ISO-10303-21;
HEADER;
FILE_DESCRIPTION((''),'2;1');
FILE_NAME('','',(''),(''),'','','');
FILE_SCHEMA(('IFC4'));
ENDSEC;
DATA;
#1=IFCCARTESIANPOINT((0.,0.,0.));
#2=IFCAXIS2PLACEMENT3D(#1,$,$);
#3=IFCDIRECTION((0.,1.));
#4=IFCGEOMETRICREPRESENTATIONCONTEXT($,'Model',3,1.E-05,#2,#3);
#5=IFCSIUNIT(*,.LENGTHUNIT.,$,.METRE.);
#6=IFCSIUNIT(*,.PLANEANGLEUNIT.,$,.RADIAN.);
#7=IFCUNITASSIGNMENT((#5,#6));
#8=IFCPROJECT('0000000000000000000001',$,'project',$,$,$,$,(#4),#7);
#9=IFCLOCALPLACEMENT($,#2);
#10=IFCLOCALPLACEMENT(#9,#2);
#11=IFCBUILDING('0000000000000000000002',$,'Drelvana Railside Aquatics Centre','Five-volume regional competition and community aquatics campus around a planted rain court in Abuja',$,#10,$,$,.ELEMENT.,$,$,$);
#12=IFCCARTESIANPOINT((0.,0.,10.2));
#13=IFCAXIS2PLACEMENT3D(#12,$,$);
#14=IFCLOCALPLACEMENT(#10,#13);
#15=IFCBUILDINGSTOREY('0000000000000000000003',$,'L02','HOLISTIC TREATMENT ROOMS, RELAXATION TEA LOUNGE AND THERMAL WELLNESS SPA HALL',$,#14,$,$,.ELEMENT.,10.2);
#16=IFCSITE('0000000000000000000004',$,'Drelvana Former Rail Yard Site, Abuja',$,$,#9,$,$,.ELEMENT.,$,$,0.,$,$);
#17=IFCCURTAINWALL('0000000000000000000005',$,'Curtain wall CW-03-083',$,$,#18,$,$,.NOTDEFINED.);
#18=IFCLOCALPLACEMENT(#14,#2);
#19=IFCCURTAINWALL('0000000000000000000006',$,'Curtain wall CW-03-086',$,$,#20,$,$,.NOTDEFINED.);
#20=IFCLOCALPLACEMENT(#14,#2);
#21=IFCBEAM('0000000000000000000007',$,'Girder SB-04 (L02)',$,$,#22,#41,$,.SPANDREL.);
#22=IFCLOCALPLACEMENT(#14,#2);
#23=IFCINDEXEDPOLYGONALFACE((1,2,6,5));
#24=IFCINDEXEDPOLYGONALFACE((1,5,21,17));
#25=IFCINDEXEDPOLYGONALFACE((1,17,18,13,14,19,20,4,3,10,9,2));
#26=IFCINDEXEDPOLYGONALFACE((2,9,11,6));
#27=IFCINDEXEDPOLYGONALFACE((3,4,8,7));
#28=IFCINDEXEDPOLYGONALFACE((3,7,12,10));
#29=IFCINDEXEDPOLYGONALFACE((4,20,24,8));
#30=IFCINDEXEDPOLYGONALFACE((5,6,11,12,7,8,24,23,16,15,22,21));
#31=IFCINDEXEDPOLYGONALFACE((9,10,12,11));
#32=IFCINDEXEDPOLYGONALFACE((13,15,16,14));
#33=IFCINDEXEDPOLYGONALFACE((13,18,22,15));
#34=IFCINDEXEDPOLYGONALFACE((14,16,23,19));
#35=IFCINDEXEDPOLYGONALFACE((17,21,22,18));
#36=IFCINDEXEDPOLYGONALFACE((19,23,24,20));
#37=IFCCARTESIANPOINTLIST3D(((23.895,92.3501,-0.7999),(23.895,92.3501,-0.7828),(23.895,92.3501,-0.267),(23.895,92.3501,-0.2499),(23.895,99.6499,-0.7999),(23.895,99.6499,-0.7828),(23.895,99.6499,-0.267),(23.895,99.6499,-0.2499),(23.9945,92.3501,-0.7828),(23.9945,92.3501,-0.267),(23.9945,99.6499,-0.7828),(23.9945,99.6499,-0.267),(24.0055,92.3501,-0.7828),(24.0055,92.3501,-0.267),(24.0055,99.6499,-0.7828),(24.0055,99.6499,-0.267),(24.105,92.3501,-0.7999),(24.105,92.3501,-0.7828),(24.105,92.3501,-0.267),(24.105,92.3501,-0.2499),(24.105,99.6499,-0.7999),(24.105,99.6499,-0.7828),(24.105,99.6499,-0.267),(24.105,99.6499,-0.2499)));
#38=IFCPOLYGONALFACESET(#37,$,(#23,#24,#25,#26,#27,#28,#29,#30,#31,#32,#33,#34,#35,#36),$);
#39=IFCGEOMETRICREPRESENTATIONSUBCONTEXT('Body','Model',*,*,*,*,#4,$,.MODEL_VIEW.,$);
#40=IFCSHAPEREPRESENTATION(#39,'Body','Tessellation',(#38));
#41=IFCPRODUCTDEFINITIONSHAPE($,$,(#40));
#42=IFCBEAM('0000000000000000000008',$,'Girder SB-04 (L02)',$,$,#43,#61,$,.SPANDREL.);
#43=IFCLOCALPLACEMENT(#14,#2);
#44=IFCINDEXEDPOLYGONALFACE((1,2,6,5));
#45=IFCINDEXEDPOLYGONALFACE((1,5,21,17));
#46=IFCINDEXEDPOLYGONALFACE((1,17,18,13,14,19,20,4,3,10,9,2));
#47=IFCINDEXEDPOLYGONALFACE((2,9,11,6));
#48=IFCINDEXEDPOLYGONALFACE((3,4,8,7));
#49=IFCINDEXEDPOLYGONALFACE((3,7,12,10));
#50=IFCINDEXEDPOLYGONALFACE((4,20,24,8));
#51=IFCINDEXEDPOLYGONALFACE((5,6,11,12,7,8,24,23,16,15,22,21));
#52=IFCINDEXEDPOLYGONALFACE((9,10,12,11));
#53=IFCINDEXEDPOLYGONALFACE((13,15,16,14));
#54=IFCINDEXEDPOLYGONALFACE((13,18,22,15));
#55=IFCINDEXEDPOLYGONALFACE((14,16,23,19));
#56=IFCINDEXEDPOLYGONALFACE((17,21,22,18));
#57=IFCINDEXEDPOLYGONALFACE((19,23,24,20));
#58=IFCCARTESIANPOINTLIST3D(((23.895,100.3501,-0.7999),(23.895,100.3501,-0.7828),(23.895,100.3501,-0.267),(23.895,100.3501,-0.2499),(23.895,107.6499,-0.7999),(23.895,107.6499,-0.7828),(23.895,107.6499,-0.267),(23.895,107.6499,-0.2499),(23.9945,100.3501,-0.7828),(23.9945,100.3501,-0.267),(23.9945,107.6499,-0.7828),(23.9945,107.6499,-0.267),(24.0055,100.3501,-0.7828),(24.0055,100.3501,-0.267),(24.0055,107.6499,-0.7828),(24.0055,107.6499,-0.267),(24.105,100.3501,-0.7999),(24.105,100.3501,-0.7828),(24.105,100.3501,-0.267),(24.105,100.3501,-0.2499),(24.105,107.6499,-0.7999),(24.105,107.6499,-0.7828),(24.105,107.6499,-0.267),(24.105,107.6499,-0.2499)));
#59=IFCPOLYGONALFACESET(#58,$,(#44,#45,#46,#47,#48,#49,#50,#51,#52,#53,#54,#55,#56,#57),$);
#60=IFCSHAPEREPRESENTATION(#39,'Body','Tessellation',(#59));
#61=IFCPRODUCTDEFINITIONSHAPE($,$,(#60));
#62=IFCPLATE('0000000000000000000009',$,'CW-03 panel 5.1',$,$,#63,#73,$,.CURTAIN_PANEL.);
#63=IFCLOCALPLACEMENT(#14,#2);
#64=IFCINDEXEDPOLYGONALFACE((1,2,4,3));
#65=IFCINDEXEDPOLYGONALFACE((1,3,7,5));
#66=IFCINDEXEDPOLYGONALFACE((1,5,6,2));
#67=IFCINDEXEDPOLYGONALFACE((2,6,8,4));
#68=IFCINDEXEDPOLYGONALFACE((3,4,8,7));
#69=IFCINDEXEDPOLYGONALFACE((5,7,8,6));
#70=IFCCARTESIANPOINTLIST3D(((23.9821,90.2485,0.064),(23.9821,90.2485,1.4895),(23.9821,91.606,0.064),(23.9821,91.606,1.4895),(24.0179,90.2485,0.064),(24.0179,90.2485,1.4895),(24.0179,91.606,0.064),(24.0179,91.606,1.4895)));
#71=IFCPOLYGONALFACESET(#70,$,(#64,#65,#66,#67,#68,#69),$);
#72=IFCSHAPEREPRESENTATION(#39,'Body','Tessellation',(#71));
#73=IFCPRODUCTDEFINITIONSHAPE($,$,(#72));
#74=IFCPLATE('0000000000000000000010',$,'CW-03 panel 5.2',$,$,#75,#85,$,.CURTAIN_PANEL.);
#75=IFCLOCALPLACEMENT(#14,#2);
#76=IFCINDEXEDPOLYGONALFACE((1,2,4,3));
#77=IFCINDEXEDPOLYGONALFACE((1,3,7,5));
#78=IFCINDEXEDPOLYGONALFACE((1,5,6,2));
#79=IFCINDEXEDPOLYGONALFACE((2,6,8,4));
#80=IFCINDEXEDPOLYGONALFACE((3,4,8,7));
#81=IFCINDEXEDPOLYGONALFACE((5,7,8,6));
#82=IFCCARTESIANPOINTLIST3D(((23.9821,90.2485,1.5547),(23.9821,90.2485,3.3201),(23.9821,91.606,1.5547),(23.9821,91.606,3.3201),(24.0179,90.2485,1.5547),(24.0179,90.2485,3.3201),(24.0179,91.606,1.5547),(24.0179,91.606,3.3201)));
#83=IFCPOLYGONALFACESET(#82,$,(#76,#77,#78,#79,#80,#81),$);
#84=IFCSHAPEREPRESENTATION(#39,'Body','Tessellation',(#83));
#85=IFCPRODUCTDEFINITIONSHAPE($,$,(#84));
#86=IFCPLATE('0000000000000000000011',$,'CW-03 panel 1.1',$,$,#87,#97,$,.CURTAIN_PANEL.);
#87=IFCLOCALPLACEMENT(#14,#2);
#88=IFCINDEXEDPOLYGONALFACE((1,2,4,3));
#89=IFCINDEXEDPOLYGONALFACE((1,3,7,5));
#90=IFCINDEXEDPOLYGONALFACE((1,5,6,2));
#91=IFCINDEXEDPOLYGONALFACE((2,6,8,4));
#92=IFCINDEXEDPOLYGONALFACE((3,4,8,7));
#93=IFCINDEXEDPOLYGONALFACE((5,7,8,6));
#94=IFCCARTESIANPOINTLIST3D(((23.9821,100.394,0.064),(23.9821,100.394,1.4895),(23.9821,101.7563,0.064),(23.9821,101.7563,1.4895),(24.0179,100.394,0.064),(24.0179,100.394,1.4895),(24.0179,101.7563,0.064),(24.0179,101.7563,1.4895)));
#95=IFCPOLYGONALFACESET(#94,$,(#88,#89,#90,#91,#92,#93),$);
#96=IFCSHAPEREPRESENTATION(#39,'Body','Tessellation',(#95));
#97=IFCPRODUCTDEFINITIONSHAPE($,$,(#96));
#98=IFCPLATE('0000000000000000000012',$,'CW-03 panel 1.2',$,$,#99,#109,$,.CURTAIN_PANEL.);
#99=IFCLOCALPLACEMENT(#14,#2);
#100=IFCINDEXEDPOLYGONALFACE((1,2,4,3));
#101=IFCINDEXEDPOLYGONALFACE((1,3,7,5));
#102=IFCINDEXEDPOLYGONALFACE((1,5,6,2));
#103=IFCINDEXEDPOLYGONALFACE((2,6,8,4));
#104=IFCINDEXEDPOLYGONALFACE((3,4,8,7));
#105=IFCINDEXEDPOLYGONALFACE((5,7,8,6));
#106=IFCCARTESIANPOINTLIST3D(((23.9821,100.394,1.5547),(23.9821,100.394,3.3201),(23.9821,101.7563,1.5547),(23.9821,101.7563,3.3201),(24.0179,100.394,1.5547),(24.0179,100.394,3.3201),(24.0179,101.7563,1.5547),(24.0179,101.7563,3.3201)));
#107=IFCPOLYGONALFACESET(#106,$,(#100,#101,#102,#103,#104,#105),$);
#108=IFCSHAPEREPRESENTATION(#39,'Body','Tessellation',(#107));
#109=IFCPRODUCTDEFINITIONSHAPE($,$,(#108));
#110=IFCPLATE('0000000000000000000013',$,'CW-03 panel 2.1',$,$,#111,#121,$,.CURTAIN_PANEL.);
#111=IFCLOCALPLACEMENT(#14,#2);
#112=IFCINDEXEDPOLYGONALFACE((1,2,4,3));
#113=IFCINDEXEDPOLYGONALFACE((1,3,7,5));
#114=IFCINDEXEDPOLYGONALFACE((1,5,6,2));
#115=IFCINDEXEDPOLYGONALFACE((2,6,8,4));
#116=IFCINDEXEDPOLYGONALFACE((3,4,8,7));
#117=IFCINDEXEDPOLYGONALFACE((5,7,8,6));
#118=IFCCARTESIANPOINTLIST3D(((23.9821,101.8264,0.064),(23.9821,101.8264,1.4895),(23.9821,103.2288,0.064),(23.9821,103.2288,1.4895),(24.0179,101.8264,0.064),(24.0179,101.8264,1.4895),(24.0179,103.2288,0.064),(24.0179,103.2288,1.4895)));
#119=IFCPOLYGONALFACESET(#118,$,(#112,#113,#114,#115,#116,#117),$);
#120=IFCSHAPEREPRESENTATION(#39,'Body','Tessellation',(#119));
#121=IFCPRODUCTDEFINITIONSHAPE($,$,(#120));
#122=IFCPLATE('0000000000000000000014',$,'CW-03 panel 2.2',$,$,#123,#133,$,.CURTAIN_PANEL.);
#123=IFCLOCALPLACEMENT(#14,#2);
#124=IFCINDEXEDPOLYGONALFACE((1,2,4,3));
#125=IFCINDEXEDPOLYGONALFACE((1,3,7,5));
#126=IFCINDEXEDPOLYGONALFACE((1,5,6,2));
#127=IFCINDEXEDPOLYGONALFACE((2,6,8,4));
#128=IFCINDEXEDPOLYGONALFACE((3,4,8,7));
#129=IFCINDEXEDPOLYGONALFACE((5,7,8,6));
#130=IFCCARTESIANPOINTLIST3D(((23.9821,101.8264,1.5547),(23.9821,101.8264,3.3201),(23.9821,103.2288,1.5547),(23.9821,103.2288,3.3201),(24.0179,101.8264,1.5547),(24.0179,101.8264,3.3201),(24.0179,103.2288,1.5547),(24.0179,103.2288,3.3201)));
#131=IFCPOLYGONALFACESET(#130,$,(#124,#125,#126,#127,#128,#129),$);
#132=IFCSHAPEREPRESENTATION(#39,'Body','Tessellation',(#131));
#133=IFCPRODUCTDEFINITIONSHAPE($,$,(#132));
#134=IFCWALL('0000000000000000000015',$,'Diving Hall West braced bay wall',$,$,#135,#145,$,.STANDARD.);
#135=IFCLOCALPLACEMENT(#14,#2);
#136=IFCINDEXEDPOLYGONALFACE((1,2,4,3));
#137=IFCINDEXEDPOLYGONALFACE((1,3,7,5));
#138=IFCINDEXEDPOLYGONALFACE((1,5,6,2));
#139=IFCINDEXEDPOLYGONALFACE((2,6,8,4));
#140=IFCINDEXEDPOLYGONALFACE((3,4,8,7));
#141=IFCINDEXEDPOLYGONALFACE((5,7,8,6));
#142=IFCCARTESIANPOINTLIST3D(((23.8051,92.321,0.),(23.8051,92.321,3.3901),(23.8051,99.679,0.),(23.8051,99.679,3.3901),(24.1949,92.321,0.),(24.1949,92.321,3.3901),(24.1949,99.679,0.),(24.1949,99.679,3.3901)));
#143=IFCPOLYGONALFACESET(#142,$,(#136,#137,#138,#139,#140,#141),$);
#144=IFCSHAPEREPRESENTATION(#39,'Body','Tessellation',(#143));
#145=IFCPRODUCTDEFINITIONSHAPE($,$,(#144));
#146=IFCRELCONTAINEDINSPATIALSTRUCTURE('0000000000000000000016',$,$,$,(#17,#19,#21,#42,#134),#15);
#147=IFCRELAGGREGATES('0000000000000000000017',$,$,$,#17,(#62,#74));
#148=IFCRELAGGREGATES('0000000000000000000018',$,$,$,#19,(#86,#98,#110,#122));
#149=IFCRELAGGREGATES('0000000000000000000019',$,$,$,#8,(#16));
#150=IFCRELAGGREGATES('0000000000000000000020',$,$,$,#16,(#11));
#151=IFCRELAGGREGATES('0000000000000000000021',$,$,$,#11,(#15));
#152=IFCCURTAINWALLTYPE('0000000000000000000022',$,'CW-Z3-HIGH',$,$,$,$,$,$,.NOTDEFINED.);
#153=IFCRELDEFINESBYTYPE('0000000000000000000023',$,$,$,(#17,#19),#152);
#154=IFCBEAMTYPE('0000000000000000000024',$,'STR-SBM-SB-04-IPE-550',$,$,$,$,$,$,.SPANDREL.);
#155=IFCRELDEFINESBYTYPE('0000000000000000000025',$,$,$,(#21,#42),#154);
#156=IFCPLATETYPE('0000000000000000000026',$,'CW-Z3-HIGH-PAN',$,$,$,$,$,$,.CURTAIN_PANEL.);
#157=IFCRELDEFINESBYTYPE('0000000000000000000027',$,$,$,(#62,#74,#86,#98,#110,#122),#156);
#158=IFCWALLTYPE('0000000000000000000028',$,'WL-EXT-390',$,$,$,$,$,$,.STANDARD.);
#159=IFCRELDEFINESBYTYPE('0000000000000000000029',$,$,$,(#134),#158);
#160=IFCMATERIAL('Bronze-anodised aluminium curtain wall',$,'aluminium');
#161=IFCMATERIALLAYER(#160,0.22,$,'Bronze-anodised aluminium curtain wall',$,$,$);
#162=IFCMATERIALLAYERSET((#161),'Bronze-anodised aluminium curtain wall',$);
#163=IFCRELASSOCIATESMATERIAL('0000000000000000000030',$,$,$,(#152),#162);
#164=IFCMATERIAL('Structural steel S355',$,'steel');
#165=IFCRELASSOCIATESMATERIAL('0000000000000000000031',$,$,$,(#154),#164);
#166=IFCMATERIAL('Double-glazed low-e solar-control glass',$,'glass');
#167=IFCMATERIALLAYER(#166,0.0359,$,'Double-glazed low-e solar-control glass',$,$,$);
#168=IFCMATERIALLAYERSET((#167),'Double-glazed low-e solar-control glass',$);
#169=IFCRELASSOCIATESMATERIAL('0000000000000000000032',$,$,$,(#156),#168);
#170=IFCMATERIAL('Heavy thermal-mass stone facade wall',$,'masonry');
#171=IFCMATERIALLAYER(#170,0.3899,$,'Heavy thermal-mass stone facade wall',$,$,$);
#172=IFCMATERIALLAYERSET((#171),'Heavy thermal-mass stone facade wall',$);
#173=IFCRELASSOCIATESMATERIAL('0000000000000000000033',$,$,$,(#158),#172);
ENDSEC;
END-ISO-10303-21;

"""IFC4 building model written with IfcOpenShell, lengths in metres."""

from ifc_helpers import new_model, si_unit, direction, frame, frame_2d, origin, origin_2d, place, context, subcontext, project, spatial, rectangle, i_section, extrude, material, layer, layer_set, material_profile, profile_set, type_object, element, aggregate, save


model = new_model("IFC4")

# Units and contexts
model_context = context("Model", 3, precision=1e-05, world=origin(), true_north=direction((0.0, 1.0)))
body_context = subcontext(model_context, "Body", "Model", "MODEL_VIEW")
ifc_project = project(units=[si_unit("LENGTHUNIT", "METRE"), si_unit("PLANEANGLEUNIT", "RADIAN")], contexts=[model_context])

# Site, building, storey
site_placement = place(None, origin())
site = spatial("IfcSite", under=ifc_project, at=site_placement, Name="Drelvana Former Rail Yard Site, Abuja", CompositionType="ELEMENT", RefElevation=0.0)
building_placement = place(site_placement, origin())
building = spatial("IfcBuilding", under=site, at=building_placement, Name="Drelvana Railside Aquatics Centre", Description="Five-volume regional competition and community aquatics campus around a planted rain court in Abuja", CompositionType="ELEMENT")
storey_placement = place(building_placement, frame((0.0, 0.0, 10.2)))
storey = spatial("IfcBuildingStorey", under=building, at=storey_placement, Name="L02", Description="HOLISTIC TREATMENT ROOMS, RELAXATION TEA LOUNGE AND THERMAL WELLNESS SPA HALL", CompositionType="ELEMENT", Elevation=10.2)

# Curtain wall
ifc_material_1 = material(Name="Bronze-anodised aluminium curtain wall", Category="aluminium")
ifc_layer_1 = layer(ifc_material_1, 0.22, Name="Bronze-anodised aluminium curtain wall")
ifc_layer_set_1 = layer_set([ifc_layer_1], Name="Bronze-anodised aluminium curtain wall")
curtain_wall_type = type_object("IfcCurtainWallType", Name="CW-Z3-HIGH", PredefinedType="NOTDEFINED", material=ifc_layer_set_1)
curtain_wall_1_placement = place(storey_placement, origin())
curtain_wall_1 = element("IfcCurtainWall", 1, at=curtain_wall_1_placement, inside=storey, type_object=curtain_wall_type, Name="Curtain wall CW-03-083", PredefinedType="NOTDEFINED")

# Curtain wall
curtain_wall_2_placement = place(storey_placement, origin())
curtain_wall_2 = element("IfcCurtainWall", 2, at=curtain_wall_2_placement, inside=storey, type_object=curtain_wall_type, Name="Curtain wall CW-03-086", PredefinedType="NOTDEFINED")

# Beams
ifc_material_2 = material(Name="Structural steel S355", Category="steel")
ifc_material_profile_1 = material_profile(ifc_material_2, i_section(OverallWidth=0.21, OverallDepth=0.55, WebThickness=0.011, FlangeThickness=0.0171, at=origin_2d()), Name="IPE 550")
ifc_profile_set_1 = profile_set([ifc_material_profile_1], Name="Structural steel S355")
beam_type = type_object("IfcBeamType", Name="STR-SBM-SB-04-IPE-550", PredefinedType="SPANDREL", material=ifc_profile_set_1)
for number, where, z_axis, x_axis, name in (
    (3, (24.0, 92.3501, -0.5249), (0.0, 1.0, 0.0), (-1.0, 0.0, 0.0), "Girder SB-04 (L02)"),
    (4, (24.0, 100.3501, -0.5249), (0.0, 1.0, 0.0), (-1.0, 0.0, 0.0), "Girder SB-04 (L02)"),
):
    element("IfcBeam", number, at=place(storey_placement, frame(where, z_axis=z_axis, x_axis=x_axis)), inside=storey, type_object=beam_type, Name=name, PredefinedType="SPANDREL", context=body_context, shape_type="SweptSolid", body=[
        extrude(i_section(OverallWidth=0.21, OverallDepth=0.55, WebThickness=0.011, FlangeThickness=0.0171, at=origin_2d()), origin(), (0.0, 0.0, 1.0), 7.2998),
    ])

# Plates
ifc_material_3 = material(Name="Double-glazed low-e solar-control glass", Category="glass")
ifc_layer_2 = layer(ifc_material_3, 0.0359, Name="Double-glazed low-e solar-control glass")
ifc_layer_set_2 = layer_set([ifc_layer_2], Name="Double-glazed low-e solar-control glass")
plate_type = type_object("IfcPlateType", Name="CW-Z3-HIGH-PAN", PredefinedType="CURTAIN_PANEL", material=ifc_layer_set_2)
plate_1_placement = place(storey_placement, frame((24.0, 90.9272, 0.064), z_axis=(0.0, 0.0, 1.0), x_axis=(0.0, 1.0, 0.0)))
plate_1 = element("IfcPlate", 5, at=plate_1_placement, type_object=plate_type, Name="CW-03 panel 5.1", PredefinedType="CURTAIN_PANEL", context=body_context, shape_type="SweptSolid", body=[
    extrude(rectangle(XDim=1.3574, YDim=0.0359, at=origin_2d()), origin(), (0.0, 0.0, 1.0), 1.4255),
])
plate_2_placement = place(storey_placement, frame((24.0, 90.9272, 1.5547), z_axis=(0.0, 0.0, 1.0), x_axis=(0.0, 1.0, 0.0)))
plate_2 = element("IfcPlate", 6, at=plate_2_placement, type_object=plate_type, Name="CW-03 panel 5.2", PredefinedType="CURTAIN_PANEL", context=body_context, shape_type="SweptSolid", body=[
    extrude(rectangle(XDim=1.3574, YDim=0.0359, at=origin_2d()), origin(), (0.0, 0.0, 1.0), 1.7654),
])
aggregate(curtain_wall_1, [plate_1, plate_2])
plate_3_placement = place(storey_placement, frame((24.0, 101.0752, 0.064), z_axis=(0.0, 0.0, 1.0), x_axis=(0.0, 1.0, 0.0)))
plate_3 = element("IfcPlate", 7, at=plate_3_placement, type_object=plate_type, Name="CW-03 panel 1.1", PredefinedType="CURTAIN_PANEL", context=body_context, shape_type="SweptSolid", body=[
    extrude(rectangle(XDim=1.3623, YDim=0.0359, at=origin_2d()), origin(), (0.0, 0.0, 1.0), 1.4255),
])
plate_4_placement = place(storey_placement, frame((24.0, 101.0752, 1.5547), z_axis=(0.0, 0.0, 1.0), x_axis=(0.0, 1.0, 0.0)))
plate_4 = element("IfcPlate", 8, at=plate_4_placement, type_object=plate_type, Name="CW-03 panel 1.2", PredefinedType="CURTAIN_PANEL", context=body_context, shape_type="SweptSolid", body=[
    extrude(rectangle(XDim=1.3623, YDim=0.0359, at=origin_2d()), origin(), (0.0, 0.0, 1.0), 1.7654),
])
plate_5_placement = place(storey_placement, frame((24.0, 102.5276, 0.064), z_axis=(0.0, 0.0, 1.0), x_axis=(0.0, 1.0, 0.0)))
plate_5 = element("IfcPlate", 9, at=plate_5_placement, type_object=plate_type, Name="CW-03 panel 2.1", PredefinedType="CURTAIN_PANEL", context=body_context, shape_type="SweptSolid", body=[
    extrude(rectangle(XDim=1.4023, YDim=0.0359, at=origin_2d()), origin(), (0.0, 0.0, 1.0), 1.4255),
])
plate_6_placement = place(storey_placement, frame((24.0, 102.5276, 1.5547), z_axis=(0.0, 0.0, 1.0), x_axis=(0.0, 1.0, 0.0)))
plate_6 = element("IfcPlate", 10, at=plate_6_placement, type_object=plate_type, Name="CW-03 panel 2.2", PredefinedType="CURTAIN_PANEL", context=body_context, shape_type="SweptSolid", body=[
    extrude(rectangle(XDim=1.4023, YDim=0.0359, at=origin_2d()), origin(), (0.0, 0.0, 1.0), 1.7654),
])
aggregate(curtain_wall_2, [plate_3, plate_4, plate_5, plate_6])

# Wall
ifc_material_4 = material(Name="Heavy thermal-mass stone facade wall", Category="masonry")
ifc_layer_3 = layer(ifc_material_4, 0.3899, Name="Heavy thermal-mass stone facade wall")
ifc_layer_set_3 = layer_set([ifc_layer_3], Name="Heavy thermal-mass stone facade wall")
wall_type = type_object("IfcWallType", Name="WL-EXT-390", PredefinedType="STANDARD", material=ifc_layer_set_3)
wall_placement = place(storey_placement, frame((24.0, 92.321, 0.0), z_axis=(0.0, 0.0, 1.0), x_axis=(0.0, 1.0, 0.0)))
element("IfcWall", 11, at=wall_placement, inside=storey, type_object=wall_type, Name="Diving Hall West braced bay wall", PredefinedType="STANDARD", context=body_context, shape_type="SweptSolid", body=[
    extrude(rectangle(XDim=7.3579, YDim=0.3899, at=frame_2d((3.679, 0.0))), origin(), (0.0, 0.0, 1.0), 3.3901),
])

save(model, "model.ifc")
